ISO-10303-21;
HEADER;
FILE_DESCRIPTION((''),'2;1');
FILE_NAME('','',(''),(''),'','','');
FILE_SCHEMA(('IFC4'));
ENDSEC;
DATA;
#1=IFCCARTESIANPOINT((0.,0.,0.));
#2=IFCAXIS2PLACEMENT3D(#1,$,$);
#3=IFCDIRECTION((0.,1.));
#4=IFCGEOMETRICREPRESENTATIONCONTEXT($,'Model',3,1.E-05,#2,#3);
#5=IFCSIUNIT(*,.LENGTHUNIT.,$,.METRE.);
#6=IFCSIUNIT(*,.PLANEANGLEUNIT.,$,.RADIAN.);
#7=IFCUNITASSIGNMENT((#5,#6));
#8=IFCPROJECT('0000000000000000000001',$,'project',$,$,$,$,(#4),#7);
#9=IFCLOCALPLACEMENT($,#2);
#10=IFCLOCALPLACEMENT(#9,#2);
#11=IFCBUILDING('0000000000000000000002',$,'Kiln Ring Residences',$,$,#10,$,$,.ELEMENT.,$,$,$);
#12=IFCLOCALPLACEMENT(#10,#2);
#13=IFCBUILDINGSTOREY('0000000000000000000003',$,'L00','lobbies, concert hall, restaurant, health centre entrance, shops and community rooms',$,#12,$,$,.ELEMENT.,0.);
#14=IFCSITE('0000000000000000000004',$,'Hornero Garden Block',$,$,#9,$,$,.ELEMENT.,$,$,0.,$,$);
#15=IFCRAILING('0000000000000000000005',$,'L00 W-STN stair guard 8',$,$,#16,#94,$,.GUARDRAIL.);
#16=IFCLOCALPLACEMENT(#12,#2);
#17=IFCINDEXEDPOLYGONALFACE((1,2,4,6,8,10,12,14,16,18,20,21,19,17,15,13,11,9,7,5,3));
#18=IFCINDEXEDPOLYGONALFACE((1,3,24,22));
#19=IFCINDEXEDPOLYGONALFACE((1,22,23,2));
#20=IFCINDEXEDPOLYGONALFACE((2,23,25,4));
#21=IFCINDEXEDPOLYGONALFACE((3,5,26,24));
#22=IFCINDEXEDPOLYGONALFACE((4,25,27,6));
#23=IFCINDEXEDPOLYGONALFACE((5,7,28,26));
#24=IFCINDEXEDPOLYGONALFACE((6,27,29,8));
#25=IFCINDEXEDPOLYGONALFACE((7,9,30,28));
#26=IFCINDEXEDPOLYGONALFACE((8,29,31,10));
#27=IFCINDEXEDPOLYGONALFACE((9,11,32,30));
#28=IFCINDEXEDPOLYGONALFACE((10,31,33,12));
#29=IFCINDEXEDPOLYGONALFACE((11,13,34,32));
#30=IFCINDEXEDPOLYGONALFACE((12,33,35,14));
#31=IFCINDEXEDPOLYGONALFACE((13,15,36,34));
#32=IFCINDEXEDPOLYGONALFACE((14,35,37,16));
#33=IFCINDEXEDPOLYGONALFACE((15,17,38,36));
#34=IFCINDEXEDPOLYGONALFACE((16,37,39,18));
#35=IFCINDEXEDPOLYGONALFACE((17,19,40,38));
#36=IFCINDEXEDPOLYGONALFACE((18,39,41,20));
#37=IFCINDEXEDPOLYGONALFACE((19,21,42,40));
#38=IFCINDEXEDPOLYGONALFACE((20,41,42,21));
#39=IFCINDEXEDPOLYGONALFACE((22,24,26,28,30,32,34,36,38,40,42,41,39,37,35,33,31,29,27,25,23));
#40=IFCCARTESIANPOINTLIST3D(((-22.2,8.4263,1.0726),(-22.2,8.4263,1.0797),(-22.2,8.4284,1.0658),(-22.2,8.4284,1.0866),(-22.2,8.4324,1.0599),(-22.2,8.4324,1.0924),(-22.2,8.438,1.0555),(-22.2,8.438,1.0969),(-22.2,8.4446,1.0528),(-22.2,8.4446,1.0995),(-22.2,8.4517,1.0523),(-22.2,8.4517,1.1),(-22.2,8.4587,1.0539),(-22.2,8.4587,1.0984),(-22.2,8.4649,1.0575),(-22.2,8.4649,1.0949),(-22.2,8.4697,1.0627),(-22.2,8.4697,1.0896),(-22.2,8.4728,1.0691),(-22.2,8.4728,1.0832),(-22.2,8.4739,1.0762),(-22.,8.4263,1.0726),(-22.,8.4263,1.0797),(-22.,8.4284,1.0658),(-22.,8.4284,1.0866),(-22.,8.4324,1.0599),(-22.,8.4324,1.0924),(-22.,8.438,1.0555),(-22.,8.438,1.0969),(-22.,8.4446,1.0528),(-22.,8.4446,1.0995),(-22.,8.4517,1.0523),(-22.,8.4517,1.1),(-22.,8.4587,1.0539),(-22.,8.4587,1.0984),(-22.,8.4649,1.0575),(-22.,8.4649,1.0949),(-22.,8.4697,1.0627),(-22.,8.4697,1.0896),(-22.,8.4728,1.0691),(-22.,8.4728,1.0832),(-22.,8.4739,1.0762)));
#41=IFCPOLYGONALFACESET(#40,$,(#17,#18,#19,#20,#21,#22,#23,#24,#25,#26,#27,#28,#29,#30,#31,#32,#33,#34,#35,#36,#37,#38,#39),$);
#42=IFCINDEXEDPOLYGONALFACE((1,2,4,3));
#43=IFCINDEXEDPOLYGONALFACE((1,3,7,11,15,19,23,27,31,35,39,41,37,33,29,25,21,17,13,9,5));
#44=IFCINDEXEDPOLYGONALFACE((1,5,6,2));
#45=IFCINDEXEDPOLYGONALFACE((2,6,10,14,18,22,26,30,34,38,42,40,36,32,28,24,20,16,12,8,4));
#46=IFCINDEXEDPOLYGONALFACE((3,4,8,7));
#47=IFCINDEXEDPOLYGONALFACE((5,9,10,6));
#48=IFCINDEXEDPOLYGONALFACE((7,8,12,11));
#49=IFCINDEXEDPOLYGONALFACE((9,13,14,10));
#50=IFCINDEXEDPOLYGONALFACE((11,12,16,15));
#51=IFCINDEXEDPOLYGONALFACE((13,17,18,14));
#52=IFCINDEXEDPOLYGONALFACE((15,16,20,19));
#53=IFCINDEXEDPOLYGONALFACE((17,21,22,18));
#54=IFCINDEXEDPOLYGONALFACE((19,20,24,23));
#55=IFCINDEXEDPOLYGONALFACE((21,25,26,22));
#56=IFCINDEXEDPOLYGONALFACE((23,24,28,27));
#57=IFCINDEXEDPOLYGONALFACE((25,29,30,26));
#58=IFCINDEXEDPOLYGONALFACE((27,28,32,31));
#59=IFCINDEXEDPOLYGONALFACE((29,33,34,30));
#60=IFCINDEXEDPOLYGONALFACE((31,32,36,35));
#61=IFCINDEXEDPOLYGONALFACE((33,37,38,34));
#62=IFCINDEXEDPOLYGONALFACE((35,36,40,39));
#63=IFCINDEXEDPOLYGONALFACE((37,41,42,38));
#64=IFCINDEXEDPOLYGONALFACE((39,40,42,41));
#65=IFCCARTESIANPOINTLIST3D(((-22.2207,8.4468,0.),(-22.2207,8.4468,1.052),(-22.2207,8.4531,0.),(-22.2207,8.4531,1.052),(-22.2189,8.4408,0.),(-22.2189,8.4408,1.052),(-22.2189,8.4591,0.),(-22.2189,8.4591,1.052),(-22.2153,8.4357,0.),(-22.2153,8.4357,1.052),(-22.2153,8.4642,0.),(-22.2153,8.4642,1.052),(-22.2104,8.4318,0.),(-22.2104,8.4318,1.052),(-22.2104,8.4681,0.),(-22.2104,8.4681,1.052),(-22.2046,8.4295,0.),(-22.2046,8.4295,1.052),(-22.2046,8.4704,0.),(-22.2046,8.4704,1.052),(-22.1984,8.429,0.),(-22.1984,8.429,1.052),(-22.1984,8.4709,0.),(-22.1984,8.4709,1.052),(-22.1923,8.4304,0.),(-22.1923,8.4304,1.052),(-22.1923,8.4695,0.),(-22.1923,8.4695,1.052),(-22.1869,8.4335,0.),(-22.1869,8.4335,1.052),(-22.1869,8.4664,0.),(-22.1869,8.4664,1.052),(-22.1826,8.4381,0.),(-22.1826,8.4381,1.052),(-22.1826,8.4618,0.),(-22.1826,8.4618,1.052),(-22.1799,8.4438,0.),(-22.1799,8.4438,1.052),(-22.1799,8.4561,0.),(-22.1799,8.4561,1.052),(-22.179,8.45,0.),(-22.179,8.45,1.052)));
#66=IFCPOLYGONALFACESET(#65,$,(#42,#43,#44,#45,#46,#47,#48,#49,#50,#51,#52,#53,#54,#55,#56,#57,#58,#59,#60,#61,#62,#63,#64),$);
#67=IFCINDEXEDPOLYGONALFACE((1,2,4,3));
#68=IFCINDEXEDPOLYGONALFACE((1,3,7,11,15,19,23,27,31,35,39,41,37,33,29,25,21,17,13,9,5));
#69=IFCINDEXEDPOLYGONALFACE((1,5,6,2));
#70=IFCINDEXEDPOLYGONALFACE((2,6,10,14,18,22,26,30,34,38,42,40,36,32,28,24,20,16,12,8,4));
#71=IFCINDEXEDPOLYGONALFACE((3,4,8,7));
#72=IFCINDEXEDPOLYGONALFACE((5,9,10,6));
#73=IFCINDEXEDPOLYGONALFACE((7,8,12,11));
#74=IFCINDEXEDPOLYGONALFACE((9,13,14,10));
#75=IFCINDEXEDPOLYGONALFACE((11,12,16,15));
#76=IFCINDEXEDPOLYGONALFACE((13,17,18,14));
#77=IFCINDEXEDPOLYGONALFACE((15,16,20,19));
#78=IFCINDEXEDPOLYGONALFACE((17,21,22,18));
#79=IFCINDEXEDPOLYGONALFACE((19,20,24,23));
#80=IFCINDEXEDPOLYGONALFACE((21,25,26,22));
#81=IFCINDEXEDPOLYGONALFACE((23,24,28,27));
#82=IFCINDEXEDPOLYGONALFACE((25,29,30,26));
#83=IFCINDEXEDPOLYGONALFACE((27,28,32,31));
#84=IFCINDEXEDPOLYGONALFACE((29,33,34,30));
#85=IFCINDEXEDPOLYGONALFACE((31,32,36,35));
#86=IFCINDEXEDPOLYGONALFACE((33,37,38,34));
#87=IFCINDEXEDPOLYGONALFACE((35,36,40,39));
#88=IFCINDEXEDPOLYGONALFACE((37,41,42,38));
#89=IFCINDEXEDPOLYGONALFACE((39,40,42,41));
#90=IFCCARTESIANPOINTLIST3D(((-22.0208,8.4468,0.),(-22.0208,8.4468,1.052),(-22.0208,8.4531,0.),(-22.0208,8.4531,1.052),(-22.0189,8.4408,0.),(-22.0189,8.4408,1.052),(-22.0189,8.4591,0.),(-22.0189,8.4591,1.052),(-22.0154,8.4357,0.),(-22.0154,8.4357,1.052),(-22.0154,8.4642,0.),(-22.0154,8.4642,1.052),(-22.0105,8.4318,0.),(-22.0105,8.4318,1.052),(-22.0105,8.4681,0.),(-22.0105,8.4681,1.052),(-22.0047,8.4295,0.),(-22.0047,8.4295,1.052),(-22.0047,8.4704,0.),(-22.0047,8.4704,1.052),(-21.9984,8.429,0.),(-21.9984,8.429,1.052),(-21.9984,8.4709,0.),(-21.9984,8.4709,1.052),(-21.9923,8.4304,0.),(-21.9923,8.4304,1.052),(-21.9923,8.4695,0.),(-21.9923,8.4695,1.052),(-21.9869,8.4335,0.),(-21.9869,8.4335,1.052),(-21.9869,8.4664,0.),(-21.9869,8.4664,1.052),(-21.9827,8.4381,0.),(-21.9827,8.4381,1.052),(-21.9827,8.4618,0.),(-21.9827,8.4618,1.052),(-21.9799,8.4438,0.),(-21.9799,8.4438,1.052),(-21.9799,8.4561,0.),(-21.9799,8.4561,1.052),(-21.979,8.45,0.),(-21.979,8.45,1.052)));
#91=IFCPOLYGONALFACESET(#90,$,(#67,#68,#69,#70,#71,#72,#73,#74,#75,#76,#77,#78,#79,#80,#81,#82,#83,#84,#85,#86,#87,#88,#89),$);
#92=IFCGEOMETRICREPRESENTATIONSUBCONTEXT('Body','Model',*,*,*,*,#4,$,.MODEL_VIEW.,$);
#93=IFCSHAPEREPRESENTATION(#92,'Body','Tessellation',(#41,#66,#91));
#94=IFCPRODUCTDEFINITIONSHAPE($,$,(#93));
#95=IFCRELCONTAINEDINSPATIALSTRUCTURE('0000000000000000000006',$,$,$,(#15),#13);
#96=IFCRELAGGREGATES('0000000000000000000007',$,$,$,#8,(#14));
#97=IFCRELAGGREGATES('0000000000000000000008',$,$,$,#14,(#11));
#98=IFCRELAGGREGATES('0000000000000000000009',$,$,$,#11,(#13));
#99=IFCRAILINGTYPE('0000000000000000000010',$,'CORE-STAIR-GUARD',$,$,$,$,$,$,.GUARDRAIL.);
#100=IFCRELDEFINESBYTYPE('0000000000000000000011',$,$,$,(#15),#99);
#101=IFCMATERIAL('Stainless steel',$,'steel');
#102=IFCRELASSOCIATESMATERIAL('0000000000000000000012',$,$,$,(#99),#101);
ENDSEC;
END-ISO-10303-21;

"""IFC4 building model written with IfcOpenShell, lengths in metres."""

from ifc_helpers import new_model, si_unit, direction, frame, origin, origin_2d, place, context, subcontext, project, spatial, circle, extrude, material, type_object, element, save


model = new_model("IFC4")

# Units and contexts
model_context = context("Model", 3, precision=1e-05, world=origin(), true_north=direction((0.0, 1.0)))
body_context = subcontext(model_context, "Body", "Model", "MODEL_VIEW")
ifc_project = project(units=[si_unit("LENGTHUNIT", "METRE"), si_unit("PLANEANGLEUNIT", "RADIAN")], contexts=[model_context])

# Site, building, storey
site_placement = place(None, origin())
site = spatial("IfcSite", under=ifc_project, at=site_placement, Name="Hornero Garden Block", CompositionType="ELEMENT", RefElevation=0.0)
building_placement = place(site_placement, origin())
building = spatial("IfcBuilding", under=site, at=building_placement, Name="Kiln Ring Residences", CompositionType="ELEMENT")
storey_placement = place(building_placement, origin())
storey = spatial("IfcBuildingStorey", under=building, at=storey_placement, Name="L00", Description="lobbies, concert hall, restaurant, health centre entrance, shops and community rooms", CompositionType="ELEMENT", Elevation=0.0)

# Railing
ifc_material_1 = material(Name="Stainless steel", Category="steel")
railing_type = type_object("IfcRailingType", Name="CORE-STAIR-GUARD", PredefinedType="GUARDRAIL", material=ifc_material_1)
for number, where, name in (
    (1, (-22.2, 8.45, 0.0), "L00 W-STN stair guard 8"),
):
    element("IfcRailing", number, at=place(storey_placement, frame(where)), inside=storey, type_object=railing_type, Name=name, PredefinedType="GUARDRAIL", context=body_context, shape_type="SweptSolid", body=[
        extrude(circle(Radius=0.0239, at=origin_2d()), frame((0.0, 0.0, 1.0762), z_axis=(1.0, 0.0, 0.0), x_axis=(0.0, 1.0, 0.0)), (0.0, 0.0, 1.0), 0.2),
        extrude(circle(Radius=0.021, at=origin_2d()), origin(), (0.0, 0.0, 1.0), 1.052),
        extrude(circle(Radius=0.021, at=origin_2d()), frame((0.2, 0.0, 0.0)), (0.0, 0.0, 1.0), 1.052),
    ])

save(model, "model.ifc")
